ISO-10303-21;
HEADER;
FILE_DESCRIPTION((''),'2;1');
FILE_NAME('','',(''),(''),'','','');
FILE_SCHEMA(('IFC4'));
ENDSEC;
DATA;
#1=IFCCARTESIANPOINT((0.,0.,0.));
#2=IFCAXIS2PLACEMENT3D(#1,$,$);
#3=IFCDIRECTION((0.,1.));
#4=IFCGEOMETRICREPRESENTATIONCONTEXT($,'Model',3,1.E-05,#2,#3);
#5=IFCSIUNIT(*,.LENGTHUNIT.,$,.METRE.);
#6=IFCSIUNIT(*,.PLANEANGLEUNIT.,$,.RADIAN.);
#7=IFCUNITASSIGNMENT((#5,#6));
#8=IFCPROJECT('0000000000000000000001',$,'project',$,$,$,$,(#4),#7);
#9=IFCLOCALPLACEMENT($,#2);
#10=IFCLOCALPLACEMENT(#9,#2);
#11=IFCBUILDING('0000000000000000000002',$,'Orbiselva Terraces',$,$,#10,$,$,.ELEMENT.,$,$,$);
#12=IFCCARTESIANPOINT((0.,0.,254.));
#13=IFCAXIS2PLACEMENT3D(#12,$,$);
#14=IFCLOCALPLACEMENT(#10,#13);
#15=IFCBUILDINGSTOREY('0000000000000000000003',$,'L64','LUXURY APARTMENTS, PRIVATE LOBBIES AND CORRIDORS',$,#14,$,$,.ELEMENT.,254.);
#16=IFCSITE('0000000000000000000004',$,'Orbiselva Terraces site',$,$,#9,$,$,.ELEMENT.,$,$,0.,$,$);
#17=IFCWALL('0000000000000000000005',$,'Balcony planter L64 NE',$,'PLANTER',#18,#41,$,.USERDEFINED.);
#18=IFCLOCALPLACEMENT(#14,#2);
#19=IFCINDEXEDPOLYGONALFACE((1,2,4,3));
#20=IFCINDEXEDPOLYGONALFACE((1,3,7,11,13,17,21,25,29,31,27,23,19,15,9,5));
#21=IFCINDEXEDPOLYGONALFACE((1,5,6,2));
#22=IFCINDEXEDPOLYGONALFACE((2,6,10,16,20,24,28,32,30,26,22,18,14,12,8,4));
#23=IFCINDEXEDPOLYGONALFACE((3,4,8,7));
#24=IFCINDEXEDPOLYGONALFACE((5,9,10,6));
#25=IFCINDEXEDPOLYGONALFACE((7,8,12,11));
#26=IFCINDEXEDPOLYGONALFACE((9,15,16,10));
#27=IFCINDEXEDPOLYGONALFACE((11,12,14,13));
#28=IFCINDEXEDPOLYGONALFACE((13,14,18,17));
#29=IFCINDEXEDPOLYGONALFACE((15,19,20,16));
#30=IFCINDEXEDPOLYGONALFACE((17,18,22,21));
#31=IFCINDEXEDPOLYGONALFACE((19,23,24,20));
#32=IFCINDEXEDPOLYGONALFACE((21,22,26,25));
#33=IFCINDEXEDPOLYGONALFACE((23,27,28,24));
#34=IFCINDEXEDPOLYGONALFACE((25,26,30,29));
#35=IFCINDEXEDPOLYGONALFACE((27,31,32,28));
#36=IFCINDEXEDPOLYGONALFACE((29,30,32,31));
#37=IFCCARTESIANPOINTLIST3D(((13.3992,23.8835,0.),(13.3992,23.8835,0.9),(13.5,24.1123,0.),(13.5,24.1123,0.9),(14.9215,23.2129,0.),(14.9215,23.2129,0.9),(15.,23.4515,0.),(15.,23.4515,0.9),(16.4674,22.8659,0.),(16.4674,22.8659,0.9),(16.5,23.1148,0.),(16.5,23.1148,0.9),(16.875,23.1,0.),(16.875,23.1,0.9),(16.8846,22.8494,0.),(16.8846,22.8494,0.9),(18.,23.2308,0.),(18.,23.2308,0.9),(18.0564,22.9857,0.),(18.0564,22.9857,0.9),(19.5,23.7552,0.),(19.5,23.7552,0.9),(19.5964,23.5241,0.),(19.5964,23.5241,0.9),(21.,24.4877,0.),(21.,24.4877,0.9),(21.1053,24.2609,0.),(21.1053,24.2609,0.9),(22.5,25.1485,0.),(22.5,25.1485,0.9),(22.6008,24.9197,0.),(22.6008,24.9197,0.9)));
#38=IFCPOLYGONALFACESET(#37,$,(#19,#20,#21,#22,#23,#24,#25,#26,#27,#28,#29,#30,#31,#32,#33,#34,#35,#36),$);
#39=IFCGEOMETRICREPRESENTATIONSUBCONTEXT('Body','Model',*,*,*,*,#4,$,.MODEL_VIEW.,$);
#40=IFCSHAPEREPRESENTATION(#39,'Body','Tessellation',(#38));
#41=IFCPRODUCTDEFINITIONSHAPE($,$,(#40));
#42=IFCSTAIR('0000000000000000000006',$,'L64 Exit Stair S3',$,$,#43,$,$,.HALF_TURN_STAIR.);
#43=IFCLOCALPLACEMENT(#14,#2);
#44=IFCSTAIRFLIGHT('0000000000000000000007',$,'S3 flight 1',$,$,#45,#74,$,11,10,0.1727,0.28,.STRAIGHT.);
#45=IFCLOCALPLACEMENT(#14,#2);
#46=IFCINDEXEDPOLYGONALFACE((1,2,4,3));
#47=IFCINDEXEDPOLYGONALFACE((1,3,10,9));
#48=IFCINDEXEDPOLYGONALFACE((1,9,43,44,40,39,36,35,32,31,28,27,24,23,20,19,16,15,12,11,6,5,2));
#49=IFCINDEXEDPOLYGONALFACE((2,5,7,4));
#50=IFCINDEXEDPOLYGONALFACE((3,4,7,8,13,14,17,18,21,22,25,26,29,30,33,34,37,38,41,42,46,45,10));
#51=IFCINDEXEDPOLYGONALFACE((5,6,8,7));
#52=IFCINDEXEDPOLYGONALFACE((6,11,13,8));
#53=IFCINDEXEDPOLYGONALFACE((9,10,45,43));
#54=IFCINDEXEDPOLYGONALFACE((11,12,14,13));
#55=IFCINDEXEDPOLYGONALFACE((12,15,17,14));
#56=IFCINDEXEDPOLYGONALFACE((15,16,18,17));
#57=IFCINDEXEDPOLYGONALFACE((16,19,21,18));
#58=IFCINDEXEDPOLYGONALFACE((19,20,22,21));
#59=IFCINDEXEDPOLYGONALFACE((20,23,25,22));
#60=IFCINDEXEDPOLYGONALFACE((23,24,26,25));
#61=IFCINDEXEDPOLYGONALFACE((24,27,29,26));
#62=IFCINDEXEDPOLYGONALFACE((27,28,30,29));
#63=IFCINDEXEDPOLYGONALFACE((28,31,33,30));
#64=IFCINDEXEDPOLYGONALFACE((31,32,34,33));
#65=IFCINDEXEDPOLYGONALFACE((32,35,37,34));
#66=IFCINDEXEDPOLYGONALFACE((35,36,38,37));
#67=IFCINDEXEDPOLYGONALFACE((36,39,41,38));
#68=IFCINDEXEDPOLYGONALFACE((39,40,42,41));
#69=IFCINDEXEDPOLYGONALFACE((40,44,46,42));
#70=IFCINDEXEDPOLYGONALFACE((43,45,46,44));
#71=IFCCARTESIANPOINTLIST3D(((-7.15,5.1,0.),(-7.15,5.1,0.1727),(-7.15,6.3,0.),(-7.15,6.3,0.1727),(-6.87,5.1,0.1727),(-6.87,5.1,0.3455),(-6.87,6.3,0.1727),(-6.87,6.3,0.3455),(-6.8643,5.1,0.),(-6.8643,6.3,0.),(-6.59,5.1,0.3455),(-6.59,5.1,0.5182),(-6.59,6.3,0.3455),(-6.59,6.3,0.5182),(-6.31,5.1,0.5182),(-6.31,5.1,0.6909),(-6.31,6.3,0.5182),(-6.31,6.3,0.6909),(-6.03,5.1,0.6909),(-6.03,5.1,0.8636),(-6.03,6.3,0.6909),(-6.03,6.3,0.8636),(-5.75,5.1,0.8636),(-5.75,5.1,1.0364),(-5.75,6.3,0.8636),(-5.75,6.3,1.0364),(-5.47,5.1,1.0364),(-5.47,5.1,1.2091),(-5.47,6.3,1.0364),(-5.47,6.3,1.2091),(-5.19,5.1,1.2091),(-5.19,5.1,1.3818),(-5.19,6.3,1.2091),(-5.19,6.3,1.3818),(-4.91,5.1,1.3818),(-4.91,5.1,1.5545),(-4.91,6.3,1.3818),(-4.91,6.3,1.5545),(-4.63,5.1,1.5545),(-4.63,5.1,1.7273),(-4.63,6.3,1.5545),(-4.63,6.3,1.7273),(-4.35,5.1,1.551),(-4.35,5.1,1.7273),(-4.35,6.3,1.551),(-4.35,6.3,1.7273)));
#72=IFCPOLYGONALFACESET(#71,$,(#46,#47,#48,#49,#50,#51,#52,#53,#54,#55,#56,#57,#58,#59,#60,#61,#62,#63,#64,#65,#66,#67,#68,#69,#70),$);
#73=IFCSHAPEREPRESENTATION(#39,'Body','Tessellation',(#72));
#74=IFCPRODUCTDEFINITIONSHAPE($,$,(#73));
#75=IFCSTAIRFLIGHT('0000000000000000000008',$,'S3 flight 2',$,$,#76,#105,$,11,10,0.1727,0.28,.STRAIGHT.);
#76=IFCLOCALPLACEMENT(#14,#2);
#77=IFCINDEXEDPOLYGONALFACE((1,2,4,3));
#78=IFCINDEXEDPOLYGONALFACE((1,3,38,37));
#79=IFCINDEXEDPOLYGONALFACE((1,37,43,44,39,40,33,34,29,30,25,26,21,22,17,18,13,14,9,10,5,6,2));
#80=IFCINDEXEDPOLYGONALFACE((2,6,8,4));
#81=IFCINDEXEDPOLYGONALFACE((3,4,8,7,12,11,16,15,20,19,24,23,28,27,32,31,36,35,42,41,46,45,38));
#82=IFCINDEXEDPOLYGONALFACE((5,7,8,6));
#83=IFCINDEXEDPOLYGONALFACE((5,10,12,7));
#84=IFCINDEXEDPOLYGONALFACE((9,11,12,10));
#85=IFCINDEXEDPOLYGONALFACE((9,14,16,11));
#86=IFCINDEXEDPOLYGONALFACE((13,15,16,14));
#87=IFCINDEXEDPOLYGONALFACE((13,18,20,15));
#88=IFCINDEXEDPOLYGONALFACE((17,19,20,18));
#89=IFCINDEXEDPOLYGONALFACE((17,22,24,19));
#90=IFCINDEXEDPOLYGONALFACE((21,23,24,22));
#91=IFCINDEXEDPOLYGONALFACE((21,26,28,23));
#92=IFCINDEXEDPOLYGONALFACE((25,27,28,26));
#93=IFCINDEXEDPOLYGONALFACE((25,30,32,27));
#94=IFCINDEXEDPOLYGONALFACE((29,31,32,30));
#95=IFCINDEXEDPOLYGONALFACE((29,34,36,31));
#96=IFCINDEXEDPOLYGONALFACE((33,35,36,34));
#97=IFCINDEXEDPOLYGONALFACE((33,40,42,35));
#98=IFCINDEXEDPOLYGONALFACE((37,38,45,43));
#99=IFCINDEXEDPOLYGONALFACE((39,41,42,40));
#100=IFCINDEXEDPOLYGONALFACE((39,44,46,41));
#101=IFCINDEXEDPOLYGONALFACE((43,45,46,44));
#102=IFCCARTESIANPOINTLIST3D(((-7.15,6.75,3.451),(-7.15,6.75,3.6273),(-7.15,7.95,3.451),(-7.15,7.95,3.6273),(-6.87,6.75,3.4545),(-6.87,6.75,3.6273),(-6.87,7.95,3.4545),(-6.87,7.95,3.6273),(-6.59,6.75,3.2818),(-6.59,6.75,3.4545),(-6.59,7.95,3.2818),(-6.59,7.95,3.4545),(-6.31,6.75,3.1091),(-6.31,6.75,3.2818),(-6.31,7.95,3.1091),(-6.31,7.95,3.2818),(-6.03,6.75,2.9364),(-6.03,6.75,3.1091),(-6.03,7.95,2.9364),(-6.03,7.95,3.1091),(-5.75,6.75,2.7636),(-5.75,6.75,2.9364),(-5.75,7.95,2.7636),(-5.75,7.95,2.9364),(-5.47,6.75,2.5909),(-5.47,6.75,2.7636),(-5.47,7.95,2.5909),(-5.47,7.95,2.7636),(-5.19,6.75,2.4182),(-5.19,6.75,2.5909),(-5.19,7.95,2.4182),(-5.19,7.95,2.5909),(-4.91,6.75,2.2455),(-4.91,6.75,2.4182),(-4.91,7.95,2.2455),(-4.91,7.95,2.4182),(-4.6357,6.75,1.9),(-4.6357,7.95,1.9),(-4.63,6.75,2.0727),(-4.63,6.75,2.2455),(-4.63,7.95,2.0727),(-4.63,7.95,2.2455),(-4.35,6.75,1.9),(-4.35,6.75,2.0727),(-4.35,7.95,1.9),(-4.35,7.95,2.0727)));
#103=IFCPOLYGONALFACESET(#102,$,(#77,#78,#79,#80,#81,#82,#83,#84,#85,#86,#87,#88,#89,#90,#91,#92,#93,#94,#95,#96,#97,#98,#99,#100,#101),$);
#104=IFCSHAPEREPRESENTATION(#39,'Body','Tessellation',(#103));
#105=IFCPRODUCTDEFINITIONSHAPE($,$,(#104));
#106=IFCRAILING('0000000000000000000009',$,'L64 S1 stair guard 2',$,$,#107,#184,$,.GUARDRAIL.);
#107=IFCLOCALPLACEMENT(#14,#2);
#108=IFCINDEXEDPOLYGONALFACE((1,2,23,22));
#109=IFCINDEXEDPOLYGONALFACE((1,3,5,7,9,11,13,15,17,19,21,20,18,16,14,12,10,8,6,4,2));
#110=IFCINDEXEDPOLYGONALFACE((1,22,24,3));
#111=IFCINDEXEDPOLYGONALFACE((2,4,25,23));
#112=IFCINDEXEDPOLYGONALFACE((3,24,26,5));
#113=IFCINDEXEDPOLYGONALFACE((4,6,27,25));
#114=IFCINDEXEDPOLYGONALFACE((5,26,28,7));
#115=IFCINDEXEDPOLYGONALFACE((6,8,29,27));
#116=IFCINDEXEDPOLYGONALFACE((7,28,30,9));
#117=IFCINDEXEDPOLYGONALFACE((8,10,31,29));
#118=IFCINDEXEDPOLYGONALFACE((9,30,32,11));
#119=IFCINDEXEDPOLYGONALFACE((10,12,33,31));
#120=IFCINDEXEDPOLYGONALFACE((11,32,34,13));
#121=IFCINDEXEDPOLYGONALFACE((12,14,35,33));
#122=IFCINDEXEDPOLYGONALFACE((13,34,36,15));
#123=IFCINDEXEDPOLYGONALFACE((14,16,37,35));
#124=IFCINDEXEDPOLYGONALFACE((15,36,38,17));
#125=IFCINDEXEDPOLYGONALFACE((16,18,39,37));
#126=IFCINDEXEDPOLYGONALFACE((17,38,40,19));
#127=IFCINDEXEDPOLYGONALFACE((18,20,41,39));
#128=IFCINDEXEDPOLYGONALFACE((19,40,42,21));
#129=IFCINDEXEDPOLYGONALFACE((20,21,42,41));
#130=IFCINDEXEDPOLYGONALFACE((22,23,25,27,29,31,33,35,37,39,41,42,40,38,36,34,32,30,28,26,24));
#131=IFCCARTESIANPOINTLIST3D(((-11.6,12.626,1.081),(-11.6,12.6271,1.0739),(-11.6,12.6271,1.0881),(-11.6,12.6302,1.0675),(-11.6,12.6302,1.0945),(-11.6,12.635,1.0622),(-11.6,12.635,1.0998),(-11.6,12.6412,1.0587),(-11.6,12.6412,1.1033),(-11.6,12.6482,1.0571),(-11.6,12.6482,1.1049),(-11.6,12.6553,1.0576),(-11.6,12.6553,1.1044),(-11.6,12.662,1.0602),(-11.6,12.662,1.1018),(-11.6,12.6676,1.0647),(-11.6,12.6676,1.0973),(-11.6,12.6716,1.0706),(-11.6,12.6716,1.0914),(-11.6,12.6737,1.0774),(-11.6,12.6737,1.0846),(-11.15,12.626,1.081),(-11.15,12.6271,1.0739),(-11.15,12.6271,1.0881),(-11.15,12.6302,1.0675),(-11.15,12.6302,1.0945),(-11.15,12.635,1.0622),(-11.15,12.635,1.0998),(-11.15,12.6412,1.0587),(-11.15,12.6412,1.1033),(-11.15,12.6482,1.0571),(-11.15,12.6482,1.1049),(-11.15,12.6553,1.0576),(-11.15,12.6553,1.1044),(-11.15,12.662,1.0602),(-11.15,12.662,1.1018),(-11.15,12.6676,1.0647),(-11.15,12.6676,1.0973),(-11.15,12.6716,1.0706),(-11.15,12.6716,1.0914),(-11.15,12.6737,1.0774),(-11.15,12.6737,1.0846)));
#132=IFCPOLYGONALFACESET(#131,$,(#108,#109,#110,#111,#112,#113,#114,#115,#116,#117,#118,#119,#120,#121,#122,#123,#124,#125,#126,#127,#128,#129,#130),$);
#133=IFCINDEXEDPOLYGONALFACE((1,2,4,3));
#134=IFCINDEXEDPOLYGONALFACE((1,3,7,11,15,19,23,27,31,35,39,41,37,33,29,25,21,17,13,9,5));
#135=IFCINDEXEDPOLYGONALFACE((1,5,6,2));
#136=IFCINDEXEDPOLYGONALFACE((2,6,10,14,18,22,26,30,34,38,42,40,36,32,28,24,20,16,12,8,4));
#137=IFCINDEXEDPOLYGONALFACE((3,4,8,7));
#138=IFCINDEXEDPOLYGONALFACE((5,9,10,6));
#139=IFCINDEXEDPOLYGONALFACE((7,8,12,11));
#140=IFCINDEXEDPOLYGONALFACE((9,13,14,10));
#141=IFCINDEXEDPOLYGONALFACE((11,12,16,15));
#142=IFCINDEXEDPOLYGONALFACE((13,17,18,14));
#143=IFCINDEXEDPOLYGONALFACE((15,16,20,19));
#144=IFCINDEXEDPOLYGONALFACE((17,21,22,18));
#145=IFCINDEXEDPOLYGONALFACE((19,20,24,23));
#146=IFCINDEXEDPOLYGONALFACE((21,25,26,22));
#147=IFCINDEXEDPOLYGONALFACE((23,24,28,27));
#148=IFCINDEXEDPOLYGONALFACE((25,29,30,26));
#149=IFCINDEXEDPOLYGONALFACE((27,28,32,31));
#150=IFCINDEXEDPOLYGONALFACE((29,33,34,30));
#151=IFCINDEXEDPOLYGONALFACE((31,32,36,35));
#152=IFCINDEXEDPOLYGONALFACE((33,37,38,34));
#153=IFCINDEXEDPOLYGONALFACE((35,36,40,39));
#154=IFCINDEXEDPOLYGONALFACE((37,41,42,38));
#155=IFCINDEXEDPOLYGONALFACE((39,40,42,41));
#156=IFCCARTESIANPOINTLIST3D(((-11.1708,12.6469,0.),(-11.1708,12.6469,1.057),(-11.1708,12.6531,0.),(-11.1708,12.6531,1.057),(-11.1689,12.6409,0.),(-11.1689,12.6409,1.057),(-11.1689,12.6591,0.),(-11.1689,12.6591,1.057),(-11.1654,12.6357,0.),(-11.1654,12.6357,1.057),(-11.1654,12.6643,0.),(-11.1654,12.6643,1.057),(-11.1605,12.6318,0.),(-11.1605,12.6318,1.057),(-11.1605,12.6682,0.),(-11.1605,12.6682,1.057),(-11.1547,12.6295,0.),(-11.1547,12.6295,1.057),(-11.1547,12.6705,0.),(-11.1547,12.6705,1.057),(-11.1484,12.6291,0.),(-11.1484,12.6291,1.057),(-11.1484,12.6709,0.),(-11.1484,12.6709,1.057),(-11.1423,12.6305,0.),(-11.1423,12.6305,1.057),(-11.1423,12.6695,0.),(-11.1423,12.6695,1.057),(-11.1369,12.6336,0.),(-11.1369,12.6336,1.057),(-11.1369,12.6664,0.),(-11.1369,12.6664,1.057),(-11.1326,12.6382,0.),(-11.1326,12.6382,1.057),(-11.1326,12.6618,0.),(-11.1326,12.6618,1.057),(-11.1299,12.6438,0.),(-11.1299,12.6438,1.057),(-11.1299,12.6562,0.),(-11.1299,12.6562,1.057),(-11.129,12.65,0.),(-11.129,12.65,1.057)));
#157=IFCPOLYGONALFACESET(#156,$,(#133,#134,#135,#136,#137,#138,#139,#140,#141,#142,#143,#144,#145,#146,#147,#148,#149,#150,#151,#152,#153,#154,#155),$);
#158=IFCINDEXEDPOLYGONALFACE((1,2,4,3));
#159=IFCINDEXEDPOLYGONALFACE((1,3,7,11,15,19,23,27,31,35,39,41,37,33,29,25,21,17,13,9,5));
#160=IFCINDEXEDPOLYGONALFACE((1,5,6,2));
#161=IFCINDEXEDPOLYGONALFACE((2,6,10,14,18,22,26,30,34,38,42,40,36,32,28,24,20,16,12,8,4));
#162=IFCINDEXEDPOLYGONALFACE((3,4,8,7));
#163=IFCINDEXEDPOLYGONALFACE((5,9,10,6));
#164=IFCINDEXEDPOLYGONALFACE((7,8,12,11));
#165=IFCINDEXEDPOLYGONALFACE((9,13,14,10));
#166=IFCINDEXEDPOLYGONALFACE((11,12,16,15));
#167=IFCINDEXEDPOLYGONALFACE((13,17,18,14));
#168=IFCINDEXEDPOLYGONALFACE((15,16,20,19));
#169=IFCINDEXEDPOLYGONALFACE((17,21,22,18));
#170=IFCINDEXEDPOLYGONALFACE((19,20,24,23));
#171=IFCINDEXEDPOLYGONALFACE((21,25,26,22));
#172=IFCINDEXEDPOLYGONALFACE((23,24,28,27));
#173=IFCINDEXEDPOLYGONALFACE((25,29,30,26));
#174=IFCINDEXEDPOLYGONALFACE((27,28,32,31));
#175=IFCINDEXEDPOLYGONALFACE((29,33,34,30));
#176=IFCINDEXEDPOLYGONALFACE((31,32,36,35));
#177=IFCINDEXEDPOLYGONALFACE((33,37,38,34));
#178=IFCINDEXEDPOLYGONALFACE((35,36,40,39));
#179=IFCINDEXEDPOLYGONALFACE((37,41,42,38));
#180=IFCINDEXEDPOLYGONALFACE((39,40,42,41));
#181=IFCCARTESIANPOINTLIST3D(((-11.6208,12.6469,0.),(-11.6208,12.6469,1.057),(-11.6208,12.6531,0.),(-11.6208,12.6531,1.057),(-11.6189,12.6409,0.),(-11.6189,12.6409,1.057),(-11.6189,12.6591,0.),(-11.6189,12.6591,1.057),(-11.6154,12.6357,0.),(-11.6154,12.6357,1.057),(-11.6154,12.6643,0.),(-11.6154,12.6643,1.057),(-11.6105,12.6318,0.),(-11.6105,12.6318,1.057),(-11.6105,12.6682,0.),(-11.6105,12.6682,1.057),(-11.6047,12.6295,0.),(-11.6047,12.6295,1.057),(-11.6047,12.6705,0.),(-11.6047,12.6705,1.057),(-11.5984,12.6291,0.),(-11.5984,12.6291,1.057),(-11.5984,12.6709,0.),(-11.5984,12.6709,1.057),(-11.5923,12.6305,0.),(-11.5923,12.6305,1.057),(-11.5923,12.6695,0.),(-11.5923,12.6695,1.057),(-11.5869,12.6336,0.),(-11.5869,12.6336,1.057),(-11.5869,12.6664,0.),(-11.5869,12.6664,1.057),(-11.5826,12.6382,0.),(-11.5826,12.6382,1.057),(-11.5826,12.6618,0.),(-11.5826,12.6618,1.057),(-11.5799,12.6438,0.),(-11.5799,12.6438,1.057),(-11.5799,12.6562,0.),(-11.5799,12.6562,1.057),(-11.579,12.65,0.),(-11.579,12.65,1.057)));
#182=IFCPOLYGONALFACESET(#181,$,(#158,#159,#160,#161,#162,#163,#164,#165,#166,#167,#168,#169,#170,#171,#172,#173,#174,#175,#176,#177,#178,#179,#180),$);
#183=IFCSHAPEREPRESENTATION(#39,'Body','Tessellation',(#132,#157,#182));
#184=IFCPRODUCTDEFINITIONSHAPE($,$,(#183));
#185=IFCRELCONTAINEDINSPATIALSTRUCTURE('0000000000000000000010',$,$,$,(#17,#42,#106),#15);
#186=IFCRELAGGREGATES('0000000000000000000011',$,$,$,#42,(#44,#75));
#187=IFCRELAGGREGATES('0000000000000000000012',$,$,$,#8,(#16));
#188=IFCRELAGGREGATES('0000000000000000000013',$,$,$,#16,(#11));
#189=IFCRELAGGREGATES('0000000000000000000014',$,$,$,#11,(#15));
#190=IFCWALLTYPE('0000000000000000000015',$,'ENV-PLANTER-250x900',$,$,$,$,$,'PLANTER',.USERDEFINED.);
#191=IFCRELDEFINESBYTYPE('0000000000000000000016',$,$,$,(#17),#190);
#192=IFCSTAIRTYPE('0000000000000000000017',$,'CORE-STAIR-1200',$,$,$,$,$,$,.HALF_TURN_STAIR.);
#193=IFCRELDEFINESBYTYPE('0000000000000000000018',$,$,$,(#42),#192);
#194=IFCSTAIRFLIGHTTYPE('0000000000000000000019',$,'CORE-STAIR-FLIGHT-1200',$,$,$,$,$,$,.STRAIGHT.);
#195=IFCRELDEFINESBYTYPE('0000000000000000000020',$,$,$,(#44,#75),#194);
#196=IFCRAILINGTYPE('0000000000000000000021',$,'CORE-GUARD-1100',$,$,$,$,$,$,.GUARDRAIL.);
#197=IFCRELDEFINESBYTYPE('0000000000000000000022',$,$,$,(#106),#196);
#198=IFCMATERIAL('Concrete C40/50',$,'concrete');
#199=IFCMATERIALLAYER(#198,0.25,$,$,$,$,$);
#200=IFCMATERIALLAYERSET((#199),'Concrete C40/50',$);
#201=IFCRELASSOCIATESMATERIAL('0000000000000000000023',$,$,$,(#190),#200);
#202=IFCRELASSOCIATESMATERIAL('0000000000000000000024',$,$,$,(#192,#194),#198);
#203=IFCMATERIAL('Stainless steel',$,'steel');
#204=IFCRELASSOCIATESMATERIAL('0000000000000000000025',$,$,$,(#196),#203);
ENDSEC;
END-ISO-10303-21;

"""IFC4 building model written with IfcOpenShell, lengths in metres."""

from ifc_helpers import new_model, si_unit, direction, frame, origin, origin_2d, place, context, subcontext, project, spatial, polyline, circle, outline, extrude, material, layer, layer_set, type_object, element, aggregate, save


model = new_model("IFC4")

# Units and contexts
model_context = context("Model", 3, precision=1e-05, world=origin(), true_north=direction((0.0, 1.0)))
body_context = subcontext(model_context, "Body", "Model", "MODEL_VIEW")
ifc_project = project(units=[si_unit("LENGTHUNIT", "METRE"), si_unit("PLANEANGLEUNIT", "RADIAN")], contexts=[model_context])

# Site, building, storey
site_placement = place(None, origin())
site = spatial("IfcSite", under=ifc_project, at=site_placement, Name="Orbiselva Terraces site", CompositionType="ELEMENT", RefElevation=0.0)
building_placement = place(site_placement, origin())
building = spatial("IfcBuilding", under=site, at=building_placement, Name="Orbiselva Terraces", CompositionType="ELEMENT")
storey_placement = place(building_placement, frame((0.0, 0.0, 254.0)))
storey = spatial("IfcBuildingStorey", under=building, at=storey_placement, Name="L64", Description="LUXURY APARTMENTS, PRIVATE LOBBIES AND CORRIDORS", CompositionType="ELEMENT", Elevation=254.0)

# Wall
ifc_material_1 = material(Name="Concrete C40/50", Category="concrete")
ifc_layer_1 = layer(ifc_material_1, 0.25)
ifc_layer_set_1 = layer_set([ifc_layer_1], Name="Concrete C40/50")
wall_type_1 = type_object("IfcWallType", Name="ENV-PLANTER-250x900", ElementType="PLANTER", PredefinedType="USERDEFINED", material=ifc_layer_set_1)
wall_1_placement = place(storey_placement, origin())
element("IfcWall", 1, at=wall_1_placement, inside=storey, type_object=wall_type_1, Name="Balcony planter L64 NE", ObjectType="PLANTER", PredefinedType="USERDEFINED", context=body_context, shape_type="SweptSolid", body=[
    extrude(outline(polyline([(22.5, 25.1485), (21.0, 24.4877), (19.5, 23.7552), (18.0, 23.2308), (16.875, 23.1), (16.5, 23.1148), (15.0, 23.4515), (13.5, 24.1123), (13.3992, 23.8835), (14.9215, 23.2129), (16.4674, 22.8659), (16.8846, 22.8494), (18.0564, 22.9857), (19.5964, 23.5241), (21.1053, 24.2609), (22.6008, 24.9197), (22.5, 25.1485)])), origin(), (0.0, 0.0, 1.0), 0.9),
])

# Stair, stair flights
stair_type = type_object("IfcStairType", Name="CORE-STAIR-1200", PredefinedType="HALF_TURN_STAIR", material=ifc_material_1)
stair_placement = place(storey_placement, origin())
stair = element("IfcStair", 2, at=stair_placement, inside=storey, type_object=stair_type, Name="L64 Exit Stair S3", PredefinedType="HALF_TURN_STAIR")
stair_flight_type = type_object("IfcStairFlightType", Name="CORE-STAIR-FLIGHT-1200", PredefinedType="STRAIGHT", material=ifc_material_1)
stair_flight_1_placement = place(storey_placement, frame((-7.15, 5.7, 0.0), z_axis=(0.0, 0.0, 1.0), x_axis=(1.0, 0.0, 0.0)))
stair_flight_1 = element("IfcStairFlight", 3, at=stair_flight_1_placement, type_object=stair_flight_type, Name="S3 flight 1", NumberOfRisers=11, NumberOfTreads=10, PredefinedType="STRAIGHT", RiserHeight=0.1727, TreadLength=0.28, context=body_context, shape_type="SweptSolid", body=[
    extrude(outline(polyline([(0.0, 0.0), (0.0, 0.1727), (0.28, 0.1727), (0.28, 0.3455), (0.56, 0.3455), (0.56, 0.5182), (0.84, 0.5182), (0.84, 0.6909), (1.12, 0.6909), (1.12, 0.8636), (1.4, 0.8636), (1.4, 1.0364), (1.68, 1.0364), (1.68, 1.2091), (1.96, 1.2091), (1.96, 1.3818), (2.24, 1.3818), (2.24, 1.5545), (2.52, 1.5545), (2.52, 1.7273), (2.8, 1.7273), (2.8, 1.9), (2.8, 1.551), (0.2857, 0.0), (0.0, 0.0)])), frame((0.0, 0.6, 0.0), z_axis=(0.0, -1.0, 0.0), x_axis=(1.0, 0.0, 0.0)), (0.0, 0.0, 1.0), 1.2),
])
stair_flight_2_placement = place(storey_placement, frame((-4.35, 7.35, 1.9), z_axis=(0.0, 0.0, 1.0), x_axis=(-1.0, 0.0, 0.0)))
stair_flight_2 = element("IfcStairFlight", 4, at=stair_flight_2_placement, type_object=stair_flight_type, Name="S3 flight 2", NumberOfRisers=11, NumberOfTreads=10, PredefinedType="STRAIGHT", RiserHeight=0.1727, TreadLength=0.28, context=body_context, shape_type="SweptSolid", body=[
    extrude(outline(polyline([(0.0, 0.0), (0.0, 0.1727), (0.28, 0.1727), (0.28, 0.3455), (0.56, 0.3455), (0.56, 0.5182), (0.84, 0.5182), (0.84, 0.6909), (1.12, 0.6909), (1.12, 0.8636), (1.4, 0.8636), (1.4, 1.0364), (1.68, 1.0364), (1.68, 1.2091), (1.96, 1.2091), (1.96, 1.3818), (2.24, 1.3818), (2.24, 1.5545), (2.52, 1.5545), (2.52, 1.7273), (2.8, 1.7273), (2.8, 1.9), (2.8, 1.551), (0.2857, 0.0), (0.0, 0.0)])), frame((0.0, 0.6, 0.0), z_axis=(0.0, -1.0, 0.0), x_axis=(1.0, 0.0, 0.0)), (0.0, 0.0, 1.0), 1.2),
])
aggregate(stair, [stair_flight_1, stair_flight_2])

# Railing
ifc_material_2 = material(Name="Stainless steel", Category="steel")
railing_type_1 = type_object("IfcRailingType", Name="CORE-GUARD-1100", PredefinedType="GUARDRAIL", material=ifc_material_2)
railing_1_placement = place(storey_placement, frame((-11.15, 12.65, 0.0)))
element("IfcRailing", 5, at=railing_1_placement, inside=storey, type_object=railing_type_1, Name="L64 S1 stair guard 2", PredefinedType="GUARDRAIL", context=body_context, shape_type="SweptSolid", body=[
    extrude(circle(Radius=0.024, at=origin_2d()), frame((0.0, 0.0, 1.081), z_axis=(-1.0, 0.0, 0.0), x_axis=(0.0, -1.0, 0.0)), (0.0, 0.0, 1.0), 0.45),
    extrude(circle(Radius=0.021, at=origin_2d()), origin(), (0.0, 0.0, 1.0), 1.057),
    extrude(circle(Radius=0.021, at=origin_2d()), frame((-0.45, 0.0, 0.0)), (0.0, 0.0, 1.0), 1.057),
])

save(model, "model.ifc")
